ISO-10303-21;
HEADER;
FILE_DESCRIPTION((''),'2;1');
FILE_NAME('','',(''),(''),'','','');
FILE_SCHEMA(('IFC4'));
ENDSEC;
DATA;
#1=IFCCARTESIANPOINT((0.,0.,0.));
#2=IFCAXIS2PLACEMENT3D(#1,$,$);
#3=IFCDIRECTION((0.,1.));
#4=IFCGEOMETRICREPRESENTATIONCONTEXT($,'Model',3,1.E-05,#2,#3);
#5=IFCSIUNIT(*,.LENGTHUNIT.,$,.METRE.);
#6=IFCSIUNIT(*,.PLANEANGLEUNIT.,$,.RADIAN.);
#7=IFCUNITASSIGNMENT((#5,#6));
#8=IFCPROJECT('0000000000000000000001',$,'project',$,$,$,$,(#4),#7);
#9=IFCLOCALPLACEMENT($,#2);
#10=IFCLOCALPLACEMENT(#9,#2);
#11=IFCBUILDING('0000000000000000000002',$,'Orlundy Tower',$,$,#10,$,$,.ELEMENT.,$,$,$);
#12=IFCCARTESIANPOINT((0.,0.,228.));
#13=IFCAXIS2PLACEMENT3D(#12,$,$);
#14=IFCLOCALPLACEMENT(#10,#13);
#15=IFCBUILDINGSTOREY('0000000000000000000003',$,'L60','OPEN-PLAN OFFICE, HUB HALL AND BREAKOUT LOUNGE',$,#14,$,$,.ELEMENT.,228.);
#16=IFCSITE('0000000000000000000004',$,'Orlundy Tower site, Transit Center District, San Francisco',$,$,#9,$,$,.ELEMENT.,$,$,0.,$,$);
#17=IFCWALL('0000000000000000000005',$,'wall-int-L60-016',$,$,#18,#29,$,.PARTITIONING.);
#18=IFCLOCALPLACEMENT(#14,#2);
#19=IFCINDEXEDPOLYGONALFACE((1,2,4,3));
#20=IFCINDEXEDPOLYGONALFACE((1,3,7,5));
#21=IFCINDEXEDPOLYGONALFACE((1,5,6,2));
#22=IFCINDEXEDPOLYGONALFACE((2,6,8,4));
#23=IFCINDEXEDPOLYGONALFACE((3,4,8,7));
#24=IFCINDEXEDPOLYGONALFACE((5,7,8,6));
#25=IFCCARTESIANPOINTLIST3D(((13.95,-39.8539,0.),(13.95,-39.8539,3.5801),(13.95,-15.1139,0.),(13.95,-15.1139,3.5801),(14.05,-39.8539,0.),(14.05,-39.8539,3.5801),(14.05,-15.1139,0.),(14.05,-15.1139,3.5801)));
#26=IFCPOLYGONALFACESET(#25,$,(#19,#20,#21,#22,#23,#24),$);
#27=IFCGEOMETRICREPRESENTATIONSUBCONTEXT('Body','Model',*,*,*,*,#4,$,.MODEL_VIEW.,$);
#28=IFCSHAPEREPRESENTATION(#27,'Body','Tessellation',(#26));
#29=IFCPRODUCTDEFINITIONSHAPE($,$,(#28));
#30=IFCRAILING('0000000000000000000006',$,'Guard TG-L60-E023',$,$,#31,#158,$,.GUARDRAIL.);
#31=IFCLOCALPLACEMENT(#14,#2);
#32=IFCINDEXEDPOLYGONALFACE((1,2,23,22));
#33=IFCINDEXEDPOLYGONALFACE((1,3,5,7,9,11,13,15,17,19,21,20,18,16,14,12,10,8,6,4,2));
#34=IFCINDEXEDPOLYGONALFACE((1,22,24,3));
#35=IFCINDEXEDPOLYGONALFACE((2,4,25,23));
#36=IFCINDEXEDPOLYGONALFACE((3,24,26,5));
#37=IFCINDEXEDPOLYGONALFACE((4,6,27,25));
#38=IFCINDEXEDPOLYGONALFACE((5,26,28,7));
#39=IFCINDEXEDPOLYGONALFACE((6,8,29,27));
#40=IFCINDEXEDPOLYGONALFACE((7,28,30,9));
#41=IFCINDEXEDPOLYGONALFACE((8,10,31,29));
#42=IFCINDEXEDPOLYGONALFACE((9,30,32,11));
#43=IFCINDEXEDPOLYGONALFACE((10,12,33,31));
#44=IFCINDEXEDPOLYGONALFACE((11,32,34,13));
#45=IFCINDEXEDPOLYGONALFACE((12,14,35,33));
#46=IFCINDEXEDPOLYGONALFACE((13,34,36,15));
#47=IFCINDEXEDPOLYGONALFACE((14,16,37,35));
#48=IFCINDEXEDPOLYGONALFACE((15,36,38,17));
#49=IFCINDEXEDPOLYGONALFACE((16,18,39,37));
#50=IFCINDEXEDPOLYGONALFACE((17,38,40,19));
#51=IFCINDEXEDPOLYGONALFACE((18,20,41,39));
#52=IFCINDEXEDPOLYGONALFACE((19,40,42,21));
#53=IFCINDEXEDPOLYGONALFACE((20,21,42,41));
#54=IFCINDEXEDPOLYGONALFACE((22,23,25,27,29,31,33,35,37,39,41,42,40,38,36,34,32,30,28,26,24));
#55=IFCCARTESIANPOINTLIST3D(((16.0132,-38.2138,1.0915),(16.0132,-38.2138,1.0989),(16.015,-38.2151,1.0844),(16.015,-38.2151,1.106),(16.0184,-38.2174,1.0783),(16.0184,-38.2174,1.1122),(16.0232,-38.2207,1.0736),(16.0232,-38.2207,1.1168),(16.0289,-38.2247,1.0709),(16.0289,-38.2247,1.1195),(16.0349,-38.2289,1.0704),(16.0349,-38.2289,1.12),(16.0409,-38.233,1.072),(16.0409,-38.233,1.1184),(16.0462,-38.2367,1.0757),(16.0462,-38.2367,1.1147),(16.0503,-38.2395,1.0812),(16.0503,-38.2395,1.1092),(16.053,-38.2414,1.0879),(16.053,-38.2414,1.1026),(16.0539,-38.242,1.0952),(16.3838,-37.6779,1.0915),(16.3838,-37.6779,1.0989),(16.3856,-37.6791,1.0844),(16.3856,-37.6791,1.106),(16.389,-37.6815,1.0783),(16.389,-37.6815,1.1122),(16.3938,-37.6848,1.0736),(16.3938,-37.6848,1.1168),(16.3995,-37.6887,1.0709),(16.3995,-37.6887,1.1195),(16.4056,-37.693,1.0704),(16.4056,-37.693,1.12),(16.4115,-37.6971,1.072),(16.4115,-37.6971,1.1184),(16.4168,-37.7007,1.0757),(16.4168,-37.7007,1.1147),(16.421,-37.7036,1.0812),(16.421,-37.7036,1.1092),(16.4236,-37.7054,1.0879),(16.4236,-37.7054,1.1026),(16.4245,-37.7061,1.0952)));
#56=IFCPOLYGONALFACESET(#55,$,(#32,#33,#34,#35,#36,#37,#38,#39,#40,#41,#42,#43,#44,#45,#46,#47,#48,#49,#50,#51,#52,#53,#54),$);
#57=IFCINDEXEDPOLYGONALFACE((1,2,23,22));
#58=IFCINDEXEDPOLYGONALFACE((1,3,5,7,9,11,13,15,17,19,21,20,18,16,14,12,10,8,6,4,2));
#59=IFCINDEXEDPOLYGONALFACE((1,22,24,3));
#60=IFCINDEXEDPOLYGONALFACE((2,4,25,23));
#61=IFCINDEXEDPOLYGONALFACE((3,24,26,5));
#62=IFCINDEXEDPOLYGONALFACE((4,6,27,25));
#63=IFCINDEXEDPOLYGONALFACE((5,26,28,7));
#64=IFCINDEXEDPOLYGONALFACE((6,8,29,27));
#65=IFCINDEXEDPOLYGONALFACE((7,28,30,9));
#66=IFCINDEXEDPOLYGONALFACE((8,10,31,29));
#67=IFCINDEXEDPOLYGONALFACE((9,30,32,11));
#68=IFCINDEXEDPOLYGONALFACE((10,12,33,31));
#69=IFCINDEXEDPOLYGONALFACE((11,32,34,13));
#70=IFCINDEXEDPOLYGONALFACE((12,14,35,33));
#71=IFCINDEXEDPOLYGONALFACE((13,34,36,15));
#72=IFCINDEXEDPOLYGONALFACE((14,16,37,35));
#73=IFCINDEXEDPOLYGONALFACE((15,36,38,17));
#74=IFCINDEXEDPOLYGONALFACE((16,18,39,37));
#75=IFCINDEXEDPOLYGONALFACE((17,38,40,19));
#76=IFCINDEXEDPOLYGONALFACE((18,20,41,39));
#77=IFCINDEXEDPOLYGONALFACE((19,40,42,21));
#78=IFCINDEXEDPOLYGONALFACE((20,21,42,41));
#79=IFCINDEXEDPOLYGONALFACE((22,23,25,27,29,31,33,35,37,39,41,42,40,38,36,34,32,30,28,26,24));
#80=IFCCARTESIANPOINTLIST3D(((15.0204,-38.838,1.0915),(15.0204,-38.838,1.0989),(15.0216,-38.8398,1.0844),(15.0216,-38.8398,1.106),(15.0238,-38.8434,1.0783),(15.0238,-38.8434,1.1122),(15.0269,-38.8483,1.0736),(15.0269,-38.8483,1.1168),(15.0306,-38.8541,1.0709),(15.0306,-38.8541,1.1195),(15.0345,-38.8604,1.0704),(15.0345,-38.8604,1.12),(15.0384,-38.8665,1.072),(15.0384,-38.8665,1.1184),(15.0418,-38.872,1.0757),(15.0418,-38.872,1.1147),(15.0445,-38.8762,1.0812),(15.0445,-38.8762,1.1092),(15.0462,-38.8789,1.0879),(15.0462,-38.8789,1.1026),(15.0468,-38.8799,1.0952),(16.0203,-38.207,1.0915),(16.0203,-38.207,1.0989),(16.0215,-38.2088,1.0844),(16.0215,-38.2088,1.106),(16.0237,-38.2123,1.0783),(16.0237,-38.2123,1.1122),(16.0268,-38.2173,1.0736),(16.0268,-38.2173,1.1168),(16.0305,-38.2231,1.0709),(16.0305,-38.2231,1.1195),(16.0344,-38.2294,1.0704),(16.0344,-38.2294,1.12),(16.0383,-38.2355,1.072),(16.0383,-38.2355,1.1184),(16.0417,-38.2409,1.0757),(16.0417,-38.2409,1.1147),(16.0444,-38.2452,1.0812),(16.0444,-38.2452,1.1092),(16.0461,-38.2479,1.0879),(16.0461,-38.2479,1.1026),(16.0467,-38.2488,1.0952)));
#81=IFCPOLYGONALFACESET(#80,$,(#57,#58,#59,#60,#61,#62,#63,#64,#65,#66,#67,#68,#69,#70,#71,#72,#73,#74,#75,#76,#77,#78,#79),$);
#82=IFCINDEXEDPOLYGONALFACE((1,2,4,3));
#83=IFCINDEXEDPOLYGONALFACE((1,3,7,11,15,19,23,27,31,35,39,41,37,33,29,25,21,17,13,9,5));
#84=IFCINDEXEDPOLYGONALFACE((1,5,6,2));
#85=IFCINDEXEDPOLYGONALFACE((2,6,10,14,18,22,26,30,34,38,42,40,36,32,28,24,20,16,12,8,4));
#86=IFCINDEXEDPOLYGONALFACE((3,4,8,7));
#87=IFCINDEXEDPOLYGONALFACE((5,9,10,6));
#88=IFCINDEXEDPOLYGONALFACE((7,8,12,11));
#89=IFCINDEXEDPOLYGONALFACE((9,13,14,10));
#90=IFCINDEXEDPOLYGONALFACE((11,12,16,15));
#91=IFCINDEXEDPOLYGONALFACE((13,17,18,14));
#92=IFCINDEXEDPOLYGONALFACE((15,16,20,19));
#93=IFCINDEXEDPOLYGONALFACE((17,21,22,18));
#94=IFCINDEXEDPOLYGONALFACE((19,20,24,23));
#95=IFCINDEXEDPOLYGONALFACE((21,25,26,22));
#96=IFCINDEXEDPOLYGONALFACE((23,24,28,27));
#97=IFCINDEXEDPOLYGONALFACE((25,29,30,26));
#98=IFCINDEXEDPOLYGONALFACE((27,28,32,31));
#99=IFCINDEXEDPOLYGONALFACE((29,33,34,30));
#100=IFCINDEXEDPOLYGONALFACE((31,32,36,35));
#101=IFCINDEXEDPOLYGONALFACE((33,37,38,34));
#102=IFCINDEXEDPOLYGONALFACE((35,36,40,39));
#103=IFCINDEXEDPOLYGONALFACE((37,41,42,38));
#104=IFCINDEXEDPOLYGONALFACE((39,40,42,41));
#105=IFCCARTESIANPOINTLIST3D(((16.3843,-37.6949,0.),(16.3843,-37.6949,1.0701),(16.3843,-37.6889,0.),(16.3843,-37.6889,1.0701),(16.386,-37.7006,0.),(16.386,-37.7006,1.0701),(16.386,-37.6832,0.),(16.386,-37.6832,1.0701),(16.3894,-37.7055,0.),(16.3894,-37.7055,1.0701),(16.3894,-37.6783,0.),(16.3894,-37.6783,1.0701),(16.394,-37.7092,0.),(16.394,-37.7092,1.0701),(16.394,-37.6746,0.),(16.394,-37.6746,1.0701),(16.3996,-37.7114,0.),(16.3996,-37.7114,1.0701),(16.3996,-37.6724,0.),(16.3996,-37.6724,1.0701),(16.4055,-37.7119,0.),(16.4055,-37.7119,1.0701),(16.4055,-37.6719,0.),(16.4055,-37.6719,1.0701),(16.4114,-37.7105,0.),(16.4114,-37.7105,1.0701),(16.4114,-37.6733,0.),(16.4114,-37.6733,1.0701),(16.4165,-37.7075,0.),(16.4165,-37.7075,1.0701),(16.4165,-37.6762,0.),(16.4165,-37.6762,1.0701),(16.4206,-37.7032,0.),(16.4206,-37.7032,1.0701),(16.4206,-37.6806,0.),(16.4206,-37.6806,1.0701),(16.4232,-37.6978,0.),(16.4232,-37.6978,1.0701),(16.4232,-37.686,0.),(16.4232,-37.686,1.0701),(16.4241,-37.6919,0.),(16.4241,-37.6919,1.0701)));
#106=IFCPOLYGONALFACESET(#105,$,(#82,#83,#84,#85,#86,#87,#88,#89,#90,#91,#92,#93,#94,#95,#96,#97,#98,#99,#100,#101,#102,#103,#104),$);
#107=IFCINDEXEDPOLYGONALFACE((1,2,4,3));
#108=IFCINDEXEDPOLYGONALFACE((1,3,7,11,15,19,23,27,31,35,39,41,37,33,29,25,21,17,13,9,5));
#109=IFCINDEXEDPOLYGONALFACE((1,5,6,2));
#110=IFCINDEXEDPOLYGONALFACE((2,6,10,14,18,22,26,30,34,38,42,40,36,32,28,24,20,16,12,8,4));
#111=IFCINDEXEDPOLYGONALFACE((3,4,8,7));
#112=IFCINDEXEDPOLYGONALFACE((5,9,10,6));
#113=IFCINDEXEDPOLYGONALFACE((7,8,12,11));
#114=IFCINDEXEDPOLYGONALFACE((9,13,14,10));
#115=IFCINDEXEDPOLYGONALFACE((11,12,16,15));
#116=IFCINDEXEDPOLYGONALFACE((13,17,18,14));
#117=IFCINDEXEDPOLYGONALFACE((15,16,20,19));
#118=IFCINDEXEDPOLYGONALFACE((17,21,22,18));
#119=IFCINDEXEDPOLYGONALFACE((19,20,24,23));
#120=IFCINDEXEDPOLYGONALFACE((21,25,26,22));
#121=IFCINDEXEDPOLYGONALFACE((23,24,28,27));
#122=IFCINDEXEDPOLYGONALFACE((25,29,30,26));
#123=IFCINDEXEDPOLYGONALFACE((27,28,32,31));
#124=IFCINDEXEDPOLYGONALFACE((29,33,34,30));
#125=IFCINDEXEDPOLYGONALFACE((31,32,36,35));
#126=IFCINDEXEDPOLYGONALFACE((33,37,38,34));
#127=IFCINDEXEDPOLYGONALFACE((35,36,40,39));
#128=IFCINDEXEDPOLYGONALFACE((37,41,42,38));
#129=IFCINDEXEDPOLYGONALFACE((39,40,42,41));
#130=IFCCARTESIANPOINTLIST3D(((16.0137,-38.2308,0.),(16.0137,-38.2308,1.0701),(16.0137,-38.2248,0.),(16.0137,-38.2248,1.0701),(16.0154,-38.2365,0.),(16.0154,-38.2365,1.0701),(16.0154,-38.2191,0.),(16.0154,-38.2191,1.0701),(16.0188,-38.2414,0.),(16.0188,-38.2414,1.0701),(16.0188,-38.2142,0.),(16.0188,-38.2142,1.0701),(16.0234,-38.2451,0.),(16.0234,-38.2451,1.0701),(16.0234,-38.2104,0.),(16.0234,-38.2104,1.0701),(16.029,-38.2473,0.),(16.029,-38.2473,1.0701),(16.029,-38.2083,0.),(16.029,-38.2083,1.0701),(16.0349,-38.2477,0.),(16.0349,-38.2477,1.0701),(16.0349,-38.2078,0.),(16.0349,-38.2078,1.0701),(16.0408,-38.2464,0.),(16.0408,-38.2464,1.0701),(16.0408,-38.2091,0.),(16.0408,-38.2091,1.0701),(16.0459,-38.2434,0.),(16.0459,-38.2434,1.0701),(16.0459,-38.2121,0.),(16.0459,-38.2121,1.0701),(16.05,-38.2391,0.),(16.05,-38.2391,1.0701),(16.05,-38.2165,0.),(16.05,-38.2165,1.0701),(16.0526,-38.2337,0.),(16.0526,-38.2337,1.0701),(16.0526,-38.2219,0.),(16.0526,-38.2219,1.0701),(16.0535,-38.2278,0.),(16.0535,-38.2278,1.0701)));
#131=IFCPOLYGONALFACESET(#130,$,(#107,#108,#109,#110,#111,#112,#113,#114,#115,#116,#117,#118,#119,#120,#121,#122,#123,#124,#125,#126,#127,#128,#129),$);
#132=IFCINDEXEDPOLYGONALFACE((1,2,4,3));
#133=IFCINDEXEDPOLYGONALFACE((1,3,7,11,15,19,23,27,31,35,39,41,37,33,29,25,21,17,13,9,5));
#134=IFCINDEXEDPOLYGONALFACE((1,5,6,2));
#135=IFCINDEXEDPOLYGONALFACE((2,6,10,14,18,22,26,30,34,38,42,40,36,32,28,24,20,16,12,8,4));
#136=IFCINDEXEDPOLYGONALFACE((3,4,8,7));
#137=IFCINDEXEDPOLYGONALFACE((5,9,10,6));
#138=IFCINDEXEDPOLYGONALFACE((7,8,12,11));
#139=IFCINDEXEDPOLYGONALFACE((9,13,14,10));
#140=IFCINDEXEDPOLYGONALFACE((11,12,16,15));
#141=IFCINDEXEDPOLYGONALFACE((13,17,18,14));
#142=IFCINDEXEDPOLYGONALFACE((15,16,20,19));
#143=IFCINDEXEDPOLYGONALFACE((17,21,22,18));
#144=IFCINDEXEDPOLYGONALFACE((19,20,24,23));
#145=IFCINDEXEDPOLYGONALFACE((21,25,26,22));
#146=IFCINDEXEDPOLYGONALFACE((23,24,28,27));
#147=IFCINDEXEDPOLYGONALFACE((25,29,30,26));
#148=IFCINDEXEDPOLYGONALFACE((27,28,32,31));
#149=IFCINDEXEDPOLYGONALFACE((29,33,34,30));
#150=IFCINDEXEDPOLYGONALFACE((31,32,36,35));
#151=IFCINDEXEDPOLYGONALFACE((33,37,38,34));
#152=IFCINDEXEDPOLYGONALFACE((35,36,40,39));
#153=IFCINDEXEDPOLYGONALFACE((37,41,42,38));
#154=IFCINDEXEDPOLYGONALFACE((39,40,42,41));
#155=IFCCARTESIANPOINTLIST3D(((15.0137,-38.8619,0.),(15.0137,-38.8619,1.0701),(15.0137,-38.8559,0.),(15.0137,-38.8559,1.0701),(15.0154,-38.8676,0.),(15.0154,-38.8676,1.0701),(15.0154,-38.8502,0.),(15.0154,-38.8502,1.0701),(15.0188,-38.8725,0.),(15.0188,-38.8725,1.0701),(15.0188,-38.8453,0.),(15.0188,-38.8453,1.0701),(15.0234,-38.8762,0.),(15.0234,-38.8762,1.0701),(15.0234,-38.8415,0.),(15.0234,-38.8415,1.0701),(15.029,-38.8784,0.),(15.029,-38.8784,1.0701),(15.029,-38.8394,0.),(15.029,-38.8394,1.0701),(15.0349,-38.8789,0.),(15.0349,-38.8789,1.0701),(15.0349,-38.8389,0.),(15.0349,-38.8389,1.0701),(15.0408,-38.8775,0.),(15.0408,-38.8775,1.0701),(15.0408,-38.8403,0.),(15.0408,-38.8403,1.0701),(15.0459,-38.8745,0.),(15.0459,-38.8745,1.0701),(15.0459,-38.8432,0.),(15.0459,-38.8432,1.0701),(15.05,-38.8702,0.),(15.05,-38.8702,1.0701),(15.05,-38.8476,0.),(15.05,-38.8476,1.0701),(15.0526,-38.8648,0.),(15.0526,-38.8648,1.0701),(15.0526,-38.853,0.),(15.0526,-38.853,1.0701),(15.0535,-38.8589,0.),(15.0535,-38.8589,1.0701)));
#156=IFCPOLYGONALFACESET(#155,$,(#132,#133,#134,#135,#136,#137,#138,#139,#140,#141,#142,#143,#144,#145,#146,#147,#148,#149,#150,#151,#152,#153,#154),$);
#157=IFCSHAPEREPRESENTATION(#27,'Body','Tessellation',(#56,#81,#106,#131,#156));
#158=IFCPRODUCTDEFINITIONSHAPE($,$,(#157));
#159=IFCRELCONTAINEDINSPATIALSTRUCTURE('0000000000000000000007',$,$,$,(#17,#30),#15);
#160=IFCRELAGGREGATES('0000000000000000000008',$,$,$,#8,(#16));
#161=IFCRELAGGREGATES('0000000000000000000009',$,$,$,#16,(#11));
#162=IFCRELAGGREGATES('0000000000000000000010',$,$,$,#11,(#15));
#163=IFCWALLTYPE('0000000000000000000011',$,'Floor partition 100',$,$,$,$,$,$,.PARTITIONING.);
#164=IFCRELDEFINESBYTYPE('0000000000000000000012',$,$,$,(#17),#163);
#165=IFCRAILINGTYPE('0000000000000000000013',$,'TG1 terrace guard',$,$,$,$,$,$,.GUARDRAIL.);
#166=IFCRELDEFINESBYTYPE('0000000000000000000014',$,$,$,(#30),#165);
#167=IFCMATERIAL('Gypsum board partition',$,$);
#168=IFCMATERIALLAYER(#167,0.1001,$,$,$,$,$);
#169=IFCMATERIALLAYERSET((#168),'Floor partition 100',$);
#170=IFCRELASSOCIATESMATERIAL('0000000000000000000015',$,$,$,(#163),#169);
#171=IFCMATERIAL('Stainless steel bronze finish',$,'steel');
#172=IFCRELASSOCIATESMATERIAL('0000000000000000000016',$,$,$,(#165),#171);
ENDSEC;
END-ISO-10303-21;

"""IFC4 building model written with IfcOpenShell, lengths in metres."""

from ifc_helpers import new_model, si_unit, direction, frame, frame_2d, origin, origin_2d, place, context, subcontext, project, spatial, rectangle, circle, extrude, material, layer, layer_set, type_object, element, save


model = new_model("IFC4")

# Units and contexts
model_context = context("Model", 3, precision=1e-05, world=origin(), true_north=direction((0.0, 1.0)))
body_context = subcontext(model_context, "Body", "Model", "MODEL_VIEW")
ifc_project = project(units=[si_unit("LENGTHUNIT", "METRE"), si_unit("PLANEANGLEUNIT", "RADIAN")], contexts=[model_context])

# Site, building, storey
site_placement = place(None, origin())
site = spatial("IfcSite", under=ifc_project, at=site_placement, Name="Orlundy Tower site, Transit Center District, San Francisco", CompositionType="ELEMENT", RefElevation=0.0)
building_placement = place(site_placement, origin())
building = spatial("IfcBuilding", under=site, at=building_placement, Name="Orlundy Tower", CompositionType="ELEMENT")
storey_placement = place(building_placement, frame((0.0, 0.0, 228.0)))
storey = spatial("IfcBuildingStorey", under=building, at=storey_placement, Name="L60", Description="OPEN-PLAN OFFICE, HUB HALL AND BREAKOUT LOUNGE", CompositionType="ELEMENT", Elevation=228.0)

# Wall
ifc_material_1 = material(Name="Gypsum board partition")
ifc_layer_1 = layer(ifc_material_1, 0.1001)
ifc_layer_set_1 = layer_set([ifc_layer_1], Name="Floor partition 100")
wall_type = type_object("IfcWallType", Name="Floor partition 100", PredefinedType="PARTITIONING", material=ifc_layer_set_1)
wall_placement = place(storey_placement, frame((14.0, -39.854, 0.0), z_axis=(0.0, 0.0, 1.0), x_axis=(0.0, 1.0, 0.0)))
element("IfcWall", 1, at=wall_placement, inside=storey, type_object=wall_type, Name="wall-int-L60-016", PredefinedType="PARTITIONING", context=body_context, shape_type="SweptSolid", body=[
    extrude(rectangle(XDim=24.74, YDim=0.1001, at=frame_2d((12.3701, 0.0))), origin(), (0.0, 0.0, 1.0), 3.5801),
])

# Railing
ifc_material_2 = material(Name="Stainless steel bronze finish", Category="steel")
railing_type = type_object("IfcRailingType", Name="TG1 terrace guard", PredefinedType="GUARDRAIL", material=ifc_material_2)
railing_1_placement = place(storey_placement, frame((16.4041, -37.6919, 0.0)))
element("IfcRailing", 2, at=railing_1_placement, inside=storey, type_object=railing_type, Name="Guard TG-L60-E023", PredefinedType="GUARDRAIL", context=body_context, shape_type="SweptSolid", body=[
    extrude(circle(Radius=0.0249, at=origin_2d()), frame((0.0, 0.0, 1.0952), z_axis=(-0.568801, -0.822475, 0.0), x_axis=(0.822475, -0.568801, 0.0)), (0.0, 0.0, 1.0), 0.6516),
    extrude(circle(Radius=0.0249, at=origin_2d()), frame((-0.3706, -0.5359, 1.0952), z_axis=(-0.84567, -0.533706, 0.0), x_axis=(0.533706, -0.84567, 0.0)), (0.0, 0.0, 1.0), 1.1824),
    extrude(circle(Radius=0.02, at=origin_2d()), origin(), (0.0, 0.0, 1.0), 1.0701),
    extrude(circle(Radius=0.02, at=origin_2d()), frame((-0.3706, -0.5359, 0.0)), (0.0, 0.0, 1.0), 1.0701),
    extrude(circle(Radius=0.02, at=origin_2d()), frame((-1.3706, -1.167, 0.0)), (0.0, 0.0, 1.0), 1.0701),
])

save(model, "model.ifc")
